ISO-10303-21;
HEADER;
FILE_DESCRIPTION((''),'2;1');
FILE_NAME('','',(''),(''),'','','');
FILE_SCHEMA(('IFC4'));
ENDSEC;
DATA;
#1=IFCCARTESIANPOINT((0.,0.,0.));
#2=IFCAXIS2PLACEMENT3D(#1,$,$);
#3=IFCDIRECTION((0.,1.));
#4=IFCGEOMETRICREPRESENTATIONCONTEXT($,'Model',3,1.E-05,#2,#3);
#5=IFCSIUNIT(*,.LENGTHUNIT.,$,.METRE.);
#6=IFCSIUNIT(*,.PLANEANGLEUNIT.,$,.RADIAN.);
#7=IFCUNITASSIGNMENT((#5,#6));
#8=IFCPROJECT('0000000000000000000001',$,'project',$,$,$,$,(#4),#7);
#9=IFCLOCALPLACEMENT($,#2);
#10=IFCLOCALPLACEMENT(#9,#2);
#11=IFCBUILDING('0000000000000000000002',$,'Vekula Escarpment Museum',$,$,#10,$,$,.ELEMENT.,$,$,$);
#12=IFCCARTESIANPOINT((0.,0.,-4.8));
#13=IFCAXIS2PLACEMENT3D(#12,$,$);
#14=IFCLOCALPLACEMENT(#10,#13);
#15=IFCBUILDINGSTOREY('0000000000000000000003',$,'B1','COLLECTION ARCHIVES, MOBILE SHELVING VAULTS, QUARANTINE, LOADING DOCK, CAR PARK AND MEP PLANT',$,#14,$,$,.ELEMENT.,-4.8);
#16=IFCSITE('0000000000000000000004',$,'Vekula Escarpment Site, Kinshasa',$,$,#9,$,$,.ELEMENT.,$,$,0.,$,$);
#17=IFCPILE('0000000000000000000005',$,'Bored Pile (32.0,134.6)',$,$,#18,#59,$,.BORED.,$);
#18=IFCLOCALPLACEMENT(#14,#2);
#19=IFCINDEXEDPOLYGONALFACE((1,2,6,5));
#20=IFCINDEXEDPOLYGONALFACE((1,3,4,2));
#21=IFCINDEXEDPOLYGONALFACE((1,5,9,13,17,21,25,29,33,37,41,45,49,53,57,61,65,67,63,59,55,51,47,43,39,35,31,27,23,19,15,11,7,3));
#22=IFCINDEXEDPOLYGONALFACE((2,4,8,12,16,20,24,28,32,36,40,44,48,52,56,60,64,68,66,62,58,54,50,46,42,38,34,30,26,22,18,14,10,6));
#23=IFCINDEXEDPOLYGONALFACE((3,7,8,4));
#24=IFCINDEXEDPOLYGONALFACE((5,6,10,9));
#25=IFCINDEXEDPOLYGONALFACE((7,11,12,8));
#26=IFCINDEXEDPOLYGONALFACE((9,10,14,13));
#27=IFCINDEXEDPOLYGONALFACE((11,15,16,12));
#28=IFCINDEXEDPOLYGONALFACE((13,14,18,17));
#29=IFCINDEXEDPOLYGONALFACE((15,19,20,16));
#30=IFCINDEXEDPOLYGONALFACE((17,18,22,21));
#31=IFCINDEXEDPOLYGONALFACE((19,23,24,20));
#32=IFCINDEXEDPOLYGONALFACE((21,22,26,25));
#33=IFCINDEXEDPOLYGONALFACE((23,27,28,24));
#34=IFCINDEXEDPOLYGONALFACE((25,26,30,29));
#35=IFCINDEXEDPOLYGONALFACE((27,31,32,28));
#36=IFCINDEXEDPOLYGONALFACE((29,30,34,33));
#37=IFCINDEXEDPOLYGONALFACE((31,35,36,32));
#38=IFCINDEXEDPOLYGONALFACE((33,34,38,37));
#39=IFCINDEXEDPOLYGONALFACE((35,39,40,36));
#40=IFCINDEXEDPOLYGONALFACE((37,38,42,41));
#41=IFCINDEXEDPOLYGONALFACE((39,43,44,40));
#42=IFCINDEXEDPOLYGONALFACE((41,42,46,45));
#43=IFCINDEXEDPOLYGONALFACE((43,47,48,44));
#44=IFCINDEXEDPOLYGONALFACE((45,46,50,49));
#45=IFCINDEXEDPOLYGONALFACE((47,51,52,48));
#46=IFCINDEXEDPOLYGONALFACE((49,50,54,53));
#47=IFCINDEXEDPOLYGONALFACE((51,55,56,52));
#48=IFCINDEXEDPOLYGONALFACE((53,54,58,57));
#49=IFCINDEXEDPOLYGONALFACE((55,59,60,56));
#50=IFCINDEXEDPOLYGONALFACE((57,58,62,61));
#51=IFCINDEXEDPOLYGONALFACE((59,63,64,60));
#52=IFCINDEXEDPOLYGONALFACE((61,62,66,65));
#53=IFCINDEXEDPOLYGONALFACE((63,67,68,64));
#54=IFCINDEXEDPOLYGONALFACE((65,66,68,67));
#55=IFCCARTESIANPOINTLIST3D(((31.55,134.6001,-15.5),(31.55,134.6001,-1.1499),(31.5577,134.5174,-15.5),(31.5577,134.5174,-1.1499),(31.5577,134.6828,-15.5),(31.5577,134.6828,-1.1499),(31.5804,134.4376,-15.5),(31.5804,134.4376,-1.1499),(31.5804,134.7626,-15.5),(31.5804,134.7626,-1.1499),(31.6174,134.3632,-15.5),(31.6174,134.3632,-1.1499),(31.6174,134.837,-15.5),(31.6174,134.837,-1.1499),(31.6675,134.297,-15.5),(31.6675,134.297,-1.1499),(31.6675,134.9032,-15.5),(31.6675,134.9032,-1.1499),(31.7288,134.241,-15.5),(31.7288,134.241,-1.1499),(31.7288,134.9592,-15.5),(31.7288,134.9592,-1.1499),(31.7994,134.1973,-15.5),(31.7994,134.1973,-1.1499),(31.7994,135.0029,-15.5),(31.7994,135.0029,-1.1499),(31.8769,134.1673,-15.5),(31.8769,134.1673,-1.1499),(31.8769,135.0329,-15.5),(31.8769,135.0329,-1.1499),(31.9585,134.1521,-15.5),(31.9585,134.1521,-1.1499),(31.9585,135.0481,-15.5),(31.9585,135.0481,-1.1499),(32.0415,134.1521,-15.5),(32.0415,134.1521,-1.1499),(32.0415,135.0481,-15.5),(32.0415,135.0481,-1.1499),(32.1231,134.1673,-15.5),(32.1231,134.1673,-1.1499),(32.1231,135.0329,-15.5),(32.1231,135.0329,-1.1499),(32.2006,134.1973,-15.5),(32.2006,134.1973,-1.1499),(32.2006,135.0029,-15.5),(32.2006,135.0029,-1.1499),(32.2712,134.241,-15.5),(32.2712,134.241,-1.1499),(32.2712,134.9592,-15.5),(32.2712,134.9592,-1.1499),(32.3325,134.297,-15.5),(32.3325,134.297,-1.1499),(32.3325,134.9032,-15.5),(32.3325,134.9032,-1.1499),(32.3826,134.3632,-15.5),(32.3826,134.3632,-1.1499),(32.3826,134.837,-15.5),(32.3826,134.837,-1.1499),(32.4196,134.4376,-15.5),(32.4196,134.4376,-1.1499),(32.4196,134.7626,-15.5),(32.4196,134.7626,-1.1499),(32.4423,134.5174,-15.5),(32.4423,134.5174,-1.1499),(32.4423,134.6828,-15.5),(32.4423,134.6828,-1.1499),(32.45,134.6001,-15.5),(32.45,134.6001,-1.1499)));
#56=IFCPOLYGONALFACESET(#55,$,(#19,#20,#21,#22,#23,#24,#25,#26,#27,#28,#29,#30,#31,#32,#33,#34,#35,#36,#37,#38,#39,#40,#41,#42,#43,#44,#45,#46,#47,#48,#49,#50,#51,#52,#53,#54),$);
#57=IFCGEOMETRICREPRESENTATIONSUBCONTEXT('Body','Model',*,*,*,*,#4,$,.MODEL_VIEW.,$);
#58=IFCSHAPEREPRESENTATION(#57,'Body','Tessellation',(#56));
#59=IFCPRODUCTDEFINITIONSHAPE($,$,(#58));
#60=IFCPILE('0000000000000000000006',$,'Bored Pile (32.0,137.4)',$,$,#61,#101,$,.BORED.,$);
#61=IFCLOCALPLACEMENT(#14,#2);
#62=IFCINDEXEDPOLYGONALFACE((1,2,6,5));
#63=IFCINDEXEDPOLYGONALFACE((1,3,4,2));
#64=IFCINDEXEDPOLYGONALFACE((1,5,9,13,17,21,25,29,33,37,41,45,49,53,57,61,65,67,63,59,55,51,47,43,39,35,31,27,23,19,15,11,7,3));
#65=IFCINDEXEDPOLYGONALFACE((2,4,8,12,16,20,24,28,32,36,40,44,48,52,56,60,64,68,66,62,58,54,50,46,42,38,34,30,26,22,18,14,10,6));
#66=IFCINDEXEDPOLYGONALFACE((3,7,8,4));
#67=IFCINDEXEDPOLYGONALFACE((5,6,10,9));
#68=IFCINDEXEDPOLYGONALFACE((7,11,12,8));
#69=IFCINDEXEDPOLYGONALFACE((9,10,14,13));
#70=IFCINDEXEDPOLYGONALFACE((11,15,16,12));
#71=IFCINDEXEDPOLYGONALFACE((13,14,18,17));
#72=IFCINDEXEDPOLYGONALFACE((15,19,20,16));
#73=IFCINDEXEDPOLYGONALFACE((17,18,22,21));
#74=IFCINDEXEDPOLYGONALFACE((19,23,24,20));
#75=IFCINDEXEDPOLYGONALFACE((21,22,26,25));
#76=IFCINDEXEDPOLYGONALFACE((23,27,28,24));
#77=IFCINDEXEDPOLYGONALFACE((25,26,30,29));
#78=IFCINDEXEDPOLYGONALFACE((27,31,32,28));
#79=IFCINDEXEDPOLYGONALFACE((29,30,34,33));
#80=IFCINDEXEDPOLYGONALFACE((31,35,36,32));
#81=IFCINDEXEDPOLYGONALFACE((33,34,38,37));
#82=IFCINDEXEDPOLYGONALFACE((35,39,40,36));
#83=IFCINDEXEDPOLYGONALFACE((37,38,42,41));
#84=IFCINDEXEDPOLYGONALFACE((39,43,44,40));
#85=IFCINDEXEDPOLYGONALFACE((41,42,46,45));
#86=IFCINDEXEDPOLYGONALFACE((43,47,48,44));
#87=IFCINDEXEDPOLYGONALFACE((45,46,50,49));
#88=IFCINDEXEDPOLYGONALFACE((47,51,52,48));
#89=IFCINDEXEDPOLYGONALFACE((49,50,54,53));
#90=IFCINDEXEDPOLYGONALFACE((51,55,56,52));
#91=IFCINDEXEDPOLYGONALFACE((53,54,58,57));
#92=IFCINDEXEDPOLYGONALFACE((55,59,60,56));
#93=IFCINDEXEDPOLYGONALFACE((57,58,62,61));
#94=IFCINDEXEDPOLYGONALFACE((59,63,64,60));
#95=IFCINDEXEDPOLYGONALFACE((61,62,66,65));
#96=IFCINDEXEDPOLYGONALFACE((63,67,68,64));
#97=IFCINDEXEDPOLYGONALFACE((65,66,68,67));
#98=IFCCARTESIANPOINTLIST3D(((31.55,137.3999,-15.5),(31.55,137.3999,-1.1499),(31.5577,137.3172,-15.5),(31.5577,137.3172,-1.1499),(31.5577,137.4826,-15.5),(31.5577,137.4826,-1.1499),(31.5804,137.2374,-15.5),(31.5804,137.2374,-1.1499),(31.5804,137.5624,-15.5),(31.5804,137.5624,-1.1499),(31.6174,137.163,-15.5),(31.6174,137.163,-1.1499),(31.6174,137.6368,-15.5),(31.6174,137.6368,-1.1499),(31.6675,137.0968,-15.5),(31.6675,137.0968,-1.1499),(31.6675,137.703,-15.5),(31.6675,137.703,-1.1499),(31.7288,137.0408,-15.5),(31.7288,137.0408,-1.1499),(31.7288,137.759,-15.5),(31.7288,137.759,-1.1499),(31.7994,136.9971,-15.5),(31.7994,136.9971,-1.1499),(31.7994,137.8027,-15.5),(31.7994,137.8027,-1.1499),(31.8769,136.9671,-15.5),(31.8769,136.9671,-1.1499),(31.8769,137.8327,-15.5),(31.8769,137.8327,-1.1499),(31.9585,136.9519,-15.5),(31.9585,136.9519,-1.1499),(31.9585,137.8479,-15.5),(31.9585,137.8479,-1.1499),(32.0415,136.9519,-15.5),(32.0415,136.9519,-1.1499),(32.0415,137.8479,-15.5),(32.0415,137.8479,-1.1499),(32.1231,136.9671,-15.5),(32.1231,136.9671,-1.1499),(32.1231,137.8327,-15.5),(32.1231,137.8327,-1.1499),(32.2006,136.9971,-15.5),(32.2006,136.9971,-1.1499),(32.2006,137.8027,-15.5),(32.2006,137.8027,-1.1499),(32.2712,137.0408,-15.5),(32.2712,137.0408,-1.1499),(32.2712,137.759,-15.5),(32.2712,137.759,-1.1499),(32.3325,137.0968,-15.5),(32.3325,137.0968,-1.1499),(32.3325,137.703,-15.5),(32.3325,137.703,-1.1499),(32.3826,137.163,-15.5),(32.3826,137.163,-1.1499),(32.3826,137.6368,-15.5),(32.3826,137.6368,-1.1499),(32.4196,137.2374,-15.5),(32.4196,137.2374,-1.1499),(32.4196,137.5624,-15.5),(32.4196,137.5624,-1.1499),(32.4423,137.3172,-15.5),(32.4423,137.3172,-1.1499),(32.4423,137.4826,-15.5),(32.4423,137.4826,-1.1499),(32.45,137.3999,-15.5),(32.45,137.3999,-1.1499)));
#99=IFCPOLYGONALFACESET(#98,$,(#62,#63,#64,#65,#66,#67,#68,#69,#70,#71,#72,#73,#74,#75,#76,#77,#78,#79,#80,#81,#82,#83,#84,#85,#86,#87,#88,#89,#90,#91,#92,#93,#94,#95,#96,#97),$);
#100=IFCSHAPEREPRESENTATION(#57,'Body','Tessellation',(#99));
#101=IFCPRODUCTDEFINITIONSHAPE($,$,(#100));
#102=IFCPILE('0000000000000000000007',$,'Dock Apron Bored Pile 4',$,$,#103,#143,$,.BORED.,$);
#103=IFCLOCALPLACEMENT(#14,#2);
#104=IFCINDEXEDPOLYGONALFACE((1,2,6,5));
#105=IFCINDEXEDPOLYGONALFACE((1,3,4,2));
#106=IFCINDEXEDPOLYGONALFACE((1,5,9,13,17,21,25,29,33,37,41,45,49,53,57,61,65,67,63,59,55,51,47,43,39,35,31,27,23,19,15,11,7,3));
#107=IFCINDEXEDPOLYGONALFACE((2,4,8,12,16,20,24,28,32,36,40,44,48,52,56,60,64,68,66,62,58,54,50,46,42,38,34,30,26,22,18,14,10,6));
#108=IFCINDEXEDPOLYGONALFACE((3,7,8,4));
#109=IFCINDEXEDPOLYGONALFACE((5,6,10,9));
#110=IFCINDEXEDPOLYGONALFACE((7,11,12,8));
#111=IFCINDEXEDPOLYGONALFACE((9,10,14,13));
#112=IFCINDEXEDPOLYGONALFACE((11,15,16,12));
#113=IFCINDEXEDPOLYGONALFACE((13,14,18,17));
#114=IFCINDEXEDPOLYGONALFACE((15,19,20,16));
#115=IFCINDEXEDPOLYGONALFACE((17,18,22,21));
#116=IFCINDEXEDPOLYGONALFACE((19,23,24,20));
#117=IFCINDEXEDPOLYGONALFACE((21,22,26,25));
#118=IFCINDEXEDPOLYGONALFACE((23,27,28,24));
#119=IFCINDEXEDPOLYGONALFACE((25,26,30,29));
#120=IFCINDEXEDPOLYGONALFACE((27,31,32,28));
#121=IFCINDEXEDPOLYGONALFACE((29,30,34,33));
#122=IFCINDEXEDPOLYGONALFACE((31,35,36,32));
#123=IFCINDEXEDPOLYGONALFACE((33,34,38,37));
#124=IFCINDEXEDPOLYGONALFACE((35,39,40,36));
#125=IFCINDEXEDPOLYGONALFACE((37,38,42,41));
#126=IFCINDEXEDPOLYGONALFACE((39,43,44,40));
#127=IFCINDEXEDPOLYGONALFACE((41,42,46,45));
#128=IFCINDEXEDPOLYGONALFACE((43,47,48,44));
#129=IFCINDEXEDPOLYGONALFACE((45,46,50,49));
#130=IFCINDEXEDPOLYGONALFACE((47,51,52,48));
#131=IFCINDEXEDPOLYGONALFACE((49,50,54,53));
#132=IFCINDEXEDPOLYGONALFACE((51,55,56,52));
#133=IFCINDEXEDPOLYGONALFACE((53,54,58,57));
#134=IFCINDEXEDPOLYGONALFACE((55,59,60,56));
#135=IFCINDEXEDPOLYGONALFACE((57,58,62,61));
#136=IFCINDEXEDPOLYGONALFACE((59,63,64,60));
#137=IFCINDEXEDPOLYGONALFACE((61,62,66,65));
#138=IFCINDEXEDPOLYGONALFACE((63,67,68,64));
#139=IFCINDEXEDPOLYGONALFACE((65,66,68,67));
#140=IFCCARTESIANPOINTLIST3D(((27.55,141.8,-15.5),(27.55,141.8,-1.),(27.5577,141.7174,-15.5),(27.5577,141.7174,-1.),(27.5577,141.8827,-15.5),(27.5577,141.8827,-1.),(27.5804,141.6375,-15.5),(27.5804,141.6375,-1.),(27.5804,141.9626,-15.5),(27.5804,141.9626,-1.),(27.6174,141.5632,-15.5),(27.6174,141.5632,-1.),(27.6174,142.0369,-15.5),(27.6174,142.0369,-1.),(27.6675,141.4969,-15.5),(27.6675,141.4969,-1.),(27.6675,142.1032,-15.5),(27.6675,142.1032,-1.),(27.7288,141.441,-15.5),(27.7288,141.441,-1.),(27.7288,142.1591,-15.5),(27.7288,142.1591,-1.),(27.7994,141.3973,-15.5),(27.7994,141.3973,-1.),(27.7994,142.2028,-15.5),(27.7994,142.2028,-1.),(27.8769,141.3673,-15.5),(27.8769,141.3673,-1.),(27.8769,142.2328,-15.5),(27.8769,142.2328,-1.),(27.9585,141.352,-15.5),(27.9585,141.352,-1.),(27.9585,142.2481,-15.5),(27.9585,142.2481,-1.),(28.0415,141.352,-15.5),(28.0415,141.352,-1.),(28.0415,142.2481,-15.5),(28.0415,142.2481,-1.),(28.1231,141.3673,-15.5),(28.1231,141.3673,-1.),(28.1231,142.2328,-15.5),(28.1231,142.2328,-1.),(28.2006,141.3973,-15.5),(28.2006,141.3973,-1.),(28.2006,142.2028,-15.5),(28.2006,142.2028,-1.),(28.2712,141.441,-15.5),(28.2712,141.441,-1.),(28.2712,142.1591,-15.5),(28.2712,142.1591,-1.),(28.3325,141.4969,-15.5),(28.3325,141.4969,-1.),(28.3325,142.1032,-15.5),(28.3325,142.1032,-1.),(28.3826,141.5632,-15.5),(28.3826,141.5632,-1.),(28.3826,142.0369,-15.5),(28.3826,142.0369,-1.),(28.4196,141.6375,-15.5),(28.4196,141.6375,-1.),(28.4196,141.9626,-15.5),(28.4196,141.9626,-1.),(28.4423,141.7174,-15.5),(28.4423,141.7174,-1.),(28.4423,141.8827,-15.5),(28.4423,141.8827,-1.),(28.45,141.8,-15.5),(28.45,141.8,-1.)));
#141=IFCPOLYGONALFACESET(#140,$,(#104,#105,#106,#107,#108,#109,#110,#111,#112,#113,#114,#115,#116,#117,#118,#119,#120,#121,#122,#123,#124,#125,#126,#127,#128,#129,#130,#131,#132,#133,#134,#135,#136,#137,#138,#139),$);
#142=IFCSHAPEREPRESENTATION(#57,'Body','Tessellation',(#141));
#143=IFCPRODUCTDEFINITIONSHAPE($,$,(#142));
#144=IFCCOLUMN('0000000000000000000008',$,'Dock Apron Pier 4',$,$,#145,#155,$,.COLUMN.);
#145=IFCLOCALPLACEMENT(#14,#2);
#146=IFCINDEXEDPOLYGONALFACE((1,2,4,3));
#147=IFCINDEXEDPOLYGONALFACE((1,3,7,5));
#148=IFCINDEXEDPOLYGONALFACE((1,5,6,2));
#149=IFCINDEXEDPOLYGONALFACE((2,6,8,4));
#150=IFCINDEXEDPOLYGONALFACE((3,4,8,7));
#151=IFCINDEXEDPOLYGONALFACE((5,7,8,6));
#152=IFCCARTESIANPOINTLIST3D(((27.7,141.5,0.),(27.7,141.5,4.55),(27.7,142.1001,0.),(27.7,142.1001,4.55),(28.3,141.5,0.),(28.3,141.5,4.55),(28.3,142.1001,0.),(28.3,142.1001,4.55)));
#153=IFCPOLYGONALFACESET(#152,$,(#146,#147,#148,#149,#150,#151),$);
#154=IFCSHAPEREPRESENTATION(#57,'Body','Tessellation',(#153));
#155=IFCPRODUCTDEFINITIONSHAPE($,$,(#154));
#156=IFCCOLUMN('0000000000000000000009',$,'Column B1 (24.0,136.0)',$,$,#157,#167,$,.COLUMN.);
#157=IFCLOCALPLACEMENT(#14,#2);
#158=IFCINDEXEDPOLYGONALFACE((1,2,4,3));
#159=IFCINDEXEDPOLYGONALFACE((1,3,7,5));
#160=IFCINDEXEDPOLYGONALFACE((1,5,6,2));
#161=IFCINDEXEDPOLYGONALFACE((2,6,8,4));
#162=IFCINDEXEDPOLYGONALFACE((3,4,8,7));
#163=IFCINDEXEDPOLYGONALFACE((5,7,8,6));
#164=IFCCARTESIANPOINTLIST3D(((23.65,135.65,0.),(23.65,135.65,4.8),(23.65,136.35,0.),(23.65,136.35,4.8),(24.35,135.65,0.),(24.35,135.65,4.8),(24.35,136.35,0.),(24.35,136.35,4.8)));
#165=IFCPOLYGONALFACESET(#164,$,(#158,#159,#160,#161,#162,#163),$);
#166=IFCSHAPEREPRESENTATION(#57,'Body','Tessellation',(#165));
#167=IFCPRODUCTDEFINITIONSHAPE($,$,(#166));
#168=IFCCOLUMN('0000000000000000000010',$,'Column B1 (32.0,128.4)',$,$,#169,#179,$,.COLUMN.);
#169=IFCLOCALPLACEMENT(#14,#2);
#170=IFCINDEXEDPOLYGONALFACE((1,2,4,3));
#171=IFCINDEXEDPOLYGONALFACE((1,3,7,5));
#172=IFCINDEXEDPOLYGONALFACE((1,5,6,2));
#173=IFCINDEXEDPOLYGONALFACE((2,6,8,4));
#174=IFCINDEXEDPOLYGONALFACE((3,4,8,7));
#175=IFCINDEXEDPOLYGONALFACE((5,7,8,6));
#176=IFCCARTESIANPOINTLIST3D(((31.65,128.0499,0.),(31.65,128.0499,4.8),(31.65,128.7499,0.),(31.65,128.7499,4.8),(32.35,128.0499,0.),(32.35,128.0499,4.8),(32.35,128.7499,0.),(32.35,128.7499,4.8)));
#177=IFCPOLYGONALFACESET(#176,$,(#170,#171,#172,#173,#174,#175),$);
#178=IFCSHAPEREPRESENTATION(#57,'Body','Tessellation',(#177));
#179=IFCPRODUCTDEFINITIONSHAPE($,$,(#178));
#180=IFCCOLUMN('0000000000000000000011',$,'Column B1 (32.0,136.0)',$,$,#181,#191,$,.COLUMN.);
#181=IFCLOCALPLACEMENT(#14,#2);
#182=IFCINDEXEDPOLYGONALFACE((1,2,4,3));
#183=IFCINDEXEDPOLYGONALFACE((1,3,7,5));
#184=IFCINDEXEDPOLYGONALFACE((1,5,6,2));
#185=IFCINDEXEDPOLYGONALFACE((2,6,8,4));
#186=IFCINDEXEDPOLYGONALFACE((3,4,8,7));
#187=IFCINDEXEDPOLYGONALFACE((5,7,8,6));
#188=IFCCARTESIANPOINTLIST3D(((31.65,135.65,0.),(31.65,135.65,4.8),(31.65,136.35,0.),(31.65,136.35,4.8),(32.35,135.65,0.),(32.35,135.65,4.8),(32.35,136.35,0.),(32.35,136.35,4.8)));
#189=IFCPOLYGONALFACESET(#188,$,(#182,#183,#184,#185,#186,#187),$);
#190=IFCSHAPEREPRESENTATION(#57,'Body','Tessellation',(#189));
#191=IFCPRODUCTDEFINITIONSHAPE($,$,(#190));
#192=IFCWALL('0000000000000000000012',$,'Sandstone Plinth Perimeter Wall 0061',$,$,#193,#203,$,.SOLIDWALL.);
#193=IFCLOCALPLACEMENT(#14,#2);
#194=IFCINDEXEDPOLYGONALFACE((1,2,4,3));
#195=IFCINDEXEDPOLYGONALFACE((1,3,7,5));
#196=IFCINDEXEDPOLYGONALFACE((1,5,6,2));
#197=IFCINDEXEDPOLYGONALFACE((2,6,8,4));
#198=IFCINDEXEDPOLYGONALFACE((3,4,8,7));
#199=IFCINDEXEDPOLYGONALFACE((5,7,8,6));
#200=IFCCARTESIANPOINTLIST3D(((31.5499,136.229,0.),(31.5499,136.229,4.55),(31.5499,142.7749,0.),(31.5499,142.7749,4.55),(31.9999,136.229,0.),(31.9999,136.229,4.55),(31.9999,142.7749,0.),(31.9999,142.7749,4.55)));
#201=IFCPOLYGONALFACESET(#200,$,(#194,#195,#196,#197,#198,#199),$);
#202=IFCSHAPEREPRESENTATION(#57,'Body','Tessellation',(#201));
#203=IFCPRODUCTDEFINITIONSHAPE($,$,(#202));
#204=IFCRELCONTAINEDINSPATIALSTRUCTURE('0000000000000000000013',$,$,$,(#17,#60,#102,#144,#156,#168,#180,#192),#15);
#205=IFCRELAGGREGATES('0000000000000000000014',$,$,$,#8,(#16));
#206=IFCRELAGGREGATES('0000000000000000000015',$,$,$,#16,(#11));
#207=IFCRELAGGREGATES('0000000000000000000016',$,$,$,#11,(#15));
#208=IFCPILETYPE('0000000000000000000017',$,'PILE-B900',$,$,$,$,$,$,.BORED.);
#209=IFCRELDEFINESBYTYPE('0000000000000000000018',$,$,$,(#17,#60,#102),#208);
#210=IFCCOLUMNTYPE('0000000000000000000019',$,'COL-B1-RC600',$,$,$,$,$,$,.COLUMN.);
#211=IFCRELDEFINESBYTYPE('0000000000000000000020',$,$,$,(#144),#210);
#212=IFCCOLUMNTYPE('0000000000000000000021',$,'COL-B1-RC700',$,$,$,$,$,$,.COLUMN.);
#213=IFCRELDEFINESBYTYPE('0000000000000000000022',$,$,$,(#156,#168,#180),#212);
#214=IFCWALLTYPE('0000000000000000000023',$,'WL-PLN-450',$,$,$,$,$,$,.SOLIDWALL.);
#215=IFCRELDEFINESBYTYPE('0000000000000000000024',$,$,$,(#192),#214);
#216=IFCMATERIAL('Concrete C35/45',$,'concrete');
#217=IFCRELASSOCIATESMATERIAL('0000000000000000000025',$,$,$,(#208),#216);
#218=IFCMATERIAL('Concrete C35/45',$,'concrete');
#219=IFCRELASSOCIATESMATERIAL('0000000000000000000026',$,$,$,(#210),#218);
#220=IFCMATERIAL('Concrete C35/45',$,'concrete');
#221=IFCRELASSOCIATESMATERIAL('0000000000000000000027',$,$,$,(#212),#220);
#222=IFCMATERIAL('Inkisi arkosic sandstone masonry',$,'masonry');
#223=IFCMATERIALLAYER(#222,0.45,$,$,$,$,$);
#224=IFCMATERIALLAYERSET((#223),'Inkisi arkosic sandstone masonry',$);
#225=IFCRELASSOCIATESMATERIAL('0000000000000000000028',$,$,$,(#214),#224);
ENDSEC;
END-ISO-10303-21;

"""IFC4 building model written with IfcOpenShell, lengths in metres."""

from ifc_helpers import new_model, si_unit, direction, frame, frame_2d, origin, origin_2d, place, context, subcontext, project, spatial, rectangle, circle, extrude, material, layer, layer_set, material_profile, profile_set, type_object, element, save


model = new_model("IFC4")

# Units and contexts
model_context = context("Model", 3, precision=1e-05, world=origin(), true_north=direction((0.0, 1.0)))
body_context = subcontext(model_context, "Body", "Model", "MODEL_VIEW")
ifc_project = project(units=[si_unit("LENGTHUNIT", "METRE"), si_unit("PLANEANGLEUNIT", "RADIAN")], contexts=[model_context])

# Site, building, storey
site_placement = place(None, origin())
site = spatial("IfcSite", under=ifc_project, at=site_placement, Name="Vekula Escarpment Site, Kinshasa", CompositionType="ELEMENT", RefElevation=0.0)
building_placement = place(site_placement, origin())
building = spatial("IfcBuilding", under=site, at=building_placement, Name="Vekula Escarpment Museum", CompositionType="ELEMENT")
storey_placement = place(building_placement, frame((0.0, 0.0, -4.8)))
storey = spatial("IfcBuildingStorey", under=building, at=storey_placement, Name="B1", Description="COLLECTION ARCHIVES, MOBILE SHELVING VAULTS, QUARANTINE, LOADING DOCK, CAR PARK AND MEP PLANT", CompositionType="ELEMENT", Elevation=-4.8)

# Piles
ifc_material_1 = material(Name="Concrete C35/45", Category="concrete")
ifc_material_profile_1 = material_profile(ifc_material_1, circle(Radius=0.45, at=origin_2d()), Name="BORED PILE 900")
ifc_profile_set_1 = profile_set([ifc_material_profile_1], Name="Concrete C35/45")
pile_type = type_object("IfcPileType", Name="PILE-B900", PredefinedType="BORED", material=ifc_profile_set_1)
for number, where, z_axis, x_axis, name in (
    (1, (32.0, 134.6001, -1.1499), (0.0, 0.0, -1.0), (1.0, 0.0, 0.0), "Bored Pile (32.0,134.6)"),
    (2, (32.0, 137.3999, -1.1499), (0.0, 0.0, -1.0), (1.0, 0.0, 0.0), "Bored Pile (32.0,137.4)"),
):
    element("IfcPile", number, at=place(storey_placement, frame(where, z_axis=z_axis, x_axis=x_axis)), inside=storey, type_object=pile_type, Name=name, PredefinedType="BORED", context=body_context, shape_type="SweptSolid", body=[
        extrude(circle(Radius=0.45, at=origin_2d()), origin(), (0.0, 0.0, 1.0), 14.3501),
    ])
pile_placement = place(storey_placement, frame((28.0, 141.8, -1.0), z_axis=(0.0, 0.0, -1.0), x_axis=(1.0, 0.0, 0.0)))
element("IfcPile", 3, at=pile_placement, inside=storey, type_object=pile_type, Name="Dock Apron Bored Pile 4", PredefinedType="BORED", context=body_context, shape_type="SweptSolid", body=[
    extrude(circle(Radius=0.45, at=origin_2d()), origin(), (0.0, 0.0, 1.0), 14.5),
])

# Columns
ifc_material_2 = material(Name="Concrete C35/45", Category="concrete")
ifc_material_profile_2 = material_profile(ifc_material_2, rectangle(XDim=0.6001, YDim=0.6001, at=origin_2d()), Name="RC 600x600")
ifc_profile_set_2 = profile_set([ifc_material_profile_2], Name="Concrete C35/45")
column_type_1 = type_object("IfcColumnType", Name="COL-B1-RC600", PredefinedType="COLUMN", material=ifc_profile_set_2)
column_placement = place(storey_placement, frame((28.0, 141.8, 0.0), z_axis=(0.0, 0.0, 1.0), x_axis=(1.0, 0.0, 0.0)))
element("IfcColumn", 4, at=column_placement, inside=storey, type_object=column_type_1, Name="Dock Apron Pier 4", PredefinedType="COLUMN", context=body_context, shape_type="SweptSolid", body=[
    extrude(rectangle(XDim=0.6001, YDim=0.6001, at=origin_2d()), origin(), (0.0, 0.0, 1.0), 4.55),
])
ifc_material_3 = material(Name="Concrete C35/45", Category="concrete")
ifc_material_profile_3 = material_profile(ifc_material_3, rectangle(XDim=0.7, YDim=0.7, at=origin_2d()), Name="RC 700x700")
ifc_profile_set_3 = profile_set([ifc_material_profile_3], Name="Concrete C35/45")
column_type_2 = type_object("IfcColumnType", Name="COL-B1-RC700", PredefinedType="COLUMN", material=ifc_profile_set_3)
for number, where, z_axis, x_axis, name in (
    (5, (24.0, 136.0, 0.0), (0.0, 0.0, 1.0), (1.0, 0.0, 0.0), "Column B1 (24.0,136.0)"),
    (6, (32.0, 128.3999, 0.0), (0.0, 0.0, 1.0), (1.0, 0.0, 0.0), "Column B1 (32.0,128.4)"),
    (7, (32.0, 136.0, 0.0), (0.0, 0.0, 1.0), (1.0, 0.0, 0.0), "Column B1 (32.0,136.0)"),
):
    element("IfcColumn", number, at=place(storey_placement, frame(where, z_axis=z_axis, x_axis=x_axis)), inside=storey, type_object=column_type_2, Name=name, PredefinedType="COLUMN", context=body_context, shape_type="SweptSolid", body=[
        extrude(rectangle(XDim=0.7, YDim=0.7, at=origin_2d()), origin(), (0.0, 0.0, 1.0), 4.8),
    ])

# Wall
ifc_material_4 = material(Name="Inkisi arkosic sandstone masonry", Category="masonry")
ifc_layer_1 = layer(ifc_material_4, 0.45)
ifc_layer_set_1 = layer_set([ifc_layer_1], Name="Inkisi arkosic sandstone masonry")
wall_type_1 = type_object("IfcWallType", Name="WL-PLN-450", PredefinedType="SOLIDWALL", material=ifc_layer_set_1)
wall_1_placement = place(storey_placement, frame((31.7749, 136.229, 0.0), z_axis=(0.0, 0.0, 1.0), x_axis=(0.0, 1.0, 0.0)))
element("IfcWall", 8, at=wall_1_placement, inside=storey, type_object=wall_type_1, Name="Sandstone Plinth Perimeter Wall 0061", PredefinedType="SOLIDWALL", context=body_context, shape_type="SweptSolid", body=[
    extrude(rectangle(XDim=6.5459, YDim=0.45, at=frame_2d((3.2729, 0.0))), origin(), (0.0, 0.0, 1.0), 4.55),
])

save(model, "model.ifc")
